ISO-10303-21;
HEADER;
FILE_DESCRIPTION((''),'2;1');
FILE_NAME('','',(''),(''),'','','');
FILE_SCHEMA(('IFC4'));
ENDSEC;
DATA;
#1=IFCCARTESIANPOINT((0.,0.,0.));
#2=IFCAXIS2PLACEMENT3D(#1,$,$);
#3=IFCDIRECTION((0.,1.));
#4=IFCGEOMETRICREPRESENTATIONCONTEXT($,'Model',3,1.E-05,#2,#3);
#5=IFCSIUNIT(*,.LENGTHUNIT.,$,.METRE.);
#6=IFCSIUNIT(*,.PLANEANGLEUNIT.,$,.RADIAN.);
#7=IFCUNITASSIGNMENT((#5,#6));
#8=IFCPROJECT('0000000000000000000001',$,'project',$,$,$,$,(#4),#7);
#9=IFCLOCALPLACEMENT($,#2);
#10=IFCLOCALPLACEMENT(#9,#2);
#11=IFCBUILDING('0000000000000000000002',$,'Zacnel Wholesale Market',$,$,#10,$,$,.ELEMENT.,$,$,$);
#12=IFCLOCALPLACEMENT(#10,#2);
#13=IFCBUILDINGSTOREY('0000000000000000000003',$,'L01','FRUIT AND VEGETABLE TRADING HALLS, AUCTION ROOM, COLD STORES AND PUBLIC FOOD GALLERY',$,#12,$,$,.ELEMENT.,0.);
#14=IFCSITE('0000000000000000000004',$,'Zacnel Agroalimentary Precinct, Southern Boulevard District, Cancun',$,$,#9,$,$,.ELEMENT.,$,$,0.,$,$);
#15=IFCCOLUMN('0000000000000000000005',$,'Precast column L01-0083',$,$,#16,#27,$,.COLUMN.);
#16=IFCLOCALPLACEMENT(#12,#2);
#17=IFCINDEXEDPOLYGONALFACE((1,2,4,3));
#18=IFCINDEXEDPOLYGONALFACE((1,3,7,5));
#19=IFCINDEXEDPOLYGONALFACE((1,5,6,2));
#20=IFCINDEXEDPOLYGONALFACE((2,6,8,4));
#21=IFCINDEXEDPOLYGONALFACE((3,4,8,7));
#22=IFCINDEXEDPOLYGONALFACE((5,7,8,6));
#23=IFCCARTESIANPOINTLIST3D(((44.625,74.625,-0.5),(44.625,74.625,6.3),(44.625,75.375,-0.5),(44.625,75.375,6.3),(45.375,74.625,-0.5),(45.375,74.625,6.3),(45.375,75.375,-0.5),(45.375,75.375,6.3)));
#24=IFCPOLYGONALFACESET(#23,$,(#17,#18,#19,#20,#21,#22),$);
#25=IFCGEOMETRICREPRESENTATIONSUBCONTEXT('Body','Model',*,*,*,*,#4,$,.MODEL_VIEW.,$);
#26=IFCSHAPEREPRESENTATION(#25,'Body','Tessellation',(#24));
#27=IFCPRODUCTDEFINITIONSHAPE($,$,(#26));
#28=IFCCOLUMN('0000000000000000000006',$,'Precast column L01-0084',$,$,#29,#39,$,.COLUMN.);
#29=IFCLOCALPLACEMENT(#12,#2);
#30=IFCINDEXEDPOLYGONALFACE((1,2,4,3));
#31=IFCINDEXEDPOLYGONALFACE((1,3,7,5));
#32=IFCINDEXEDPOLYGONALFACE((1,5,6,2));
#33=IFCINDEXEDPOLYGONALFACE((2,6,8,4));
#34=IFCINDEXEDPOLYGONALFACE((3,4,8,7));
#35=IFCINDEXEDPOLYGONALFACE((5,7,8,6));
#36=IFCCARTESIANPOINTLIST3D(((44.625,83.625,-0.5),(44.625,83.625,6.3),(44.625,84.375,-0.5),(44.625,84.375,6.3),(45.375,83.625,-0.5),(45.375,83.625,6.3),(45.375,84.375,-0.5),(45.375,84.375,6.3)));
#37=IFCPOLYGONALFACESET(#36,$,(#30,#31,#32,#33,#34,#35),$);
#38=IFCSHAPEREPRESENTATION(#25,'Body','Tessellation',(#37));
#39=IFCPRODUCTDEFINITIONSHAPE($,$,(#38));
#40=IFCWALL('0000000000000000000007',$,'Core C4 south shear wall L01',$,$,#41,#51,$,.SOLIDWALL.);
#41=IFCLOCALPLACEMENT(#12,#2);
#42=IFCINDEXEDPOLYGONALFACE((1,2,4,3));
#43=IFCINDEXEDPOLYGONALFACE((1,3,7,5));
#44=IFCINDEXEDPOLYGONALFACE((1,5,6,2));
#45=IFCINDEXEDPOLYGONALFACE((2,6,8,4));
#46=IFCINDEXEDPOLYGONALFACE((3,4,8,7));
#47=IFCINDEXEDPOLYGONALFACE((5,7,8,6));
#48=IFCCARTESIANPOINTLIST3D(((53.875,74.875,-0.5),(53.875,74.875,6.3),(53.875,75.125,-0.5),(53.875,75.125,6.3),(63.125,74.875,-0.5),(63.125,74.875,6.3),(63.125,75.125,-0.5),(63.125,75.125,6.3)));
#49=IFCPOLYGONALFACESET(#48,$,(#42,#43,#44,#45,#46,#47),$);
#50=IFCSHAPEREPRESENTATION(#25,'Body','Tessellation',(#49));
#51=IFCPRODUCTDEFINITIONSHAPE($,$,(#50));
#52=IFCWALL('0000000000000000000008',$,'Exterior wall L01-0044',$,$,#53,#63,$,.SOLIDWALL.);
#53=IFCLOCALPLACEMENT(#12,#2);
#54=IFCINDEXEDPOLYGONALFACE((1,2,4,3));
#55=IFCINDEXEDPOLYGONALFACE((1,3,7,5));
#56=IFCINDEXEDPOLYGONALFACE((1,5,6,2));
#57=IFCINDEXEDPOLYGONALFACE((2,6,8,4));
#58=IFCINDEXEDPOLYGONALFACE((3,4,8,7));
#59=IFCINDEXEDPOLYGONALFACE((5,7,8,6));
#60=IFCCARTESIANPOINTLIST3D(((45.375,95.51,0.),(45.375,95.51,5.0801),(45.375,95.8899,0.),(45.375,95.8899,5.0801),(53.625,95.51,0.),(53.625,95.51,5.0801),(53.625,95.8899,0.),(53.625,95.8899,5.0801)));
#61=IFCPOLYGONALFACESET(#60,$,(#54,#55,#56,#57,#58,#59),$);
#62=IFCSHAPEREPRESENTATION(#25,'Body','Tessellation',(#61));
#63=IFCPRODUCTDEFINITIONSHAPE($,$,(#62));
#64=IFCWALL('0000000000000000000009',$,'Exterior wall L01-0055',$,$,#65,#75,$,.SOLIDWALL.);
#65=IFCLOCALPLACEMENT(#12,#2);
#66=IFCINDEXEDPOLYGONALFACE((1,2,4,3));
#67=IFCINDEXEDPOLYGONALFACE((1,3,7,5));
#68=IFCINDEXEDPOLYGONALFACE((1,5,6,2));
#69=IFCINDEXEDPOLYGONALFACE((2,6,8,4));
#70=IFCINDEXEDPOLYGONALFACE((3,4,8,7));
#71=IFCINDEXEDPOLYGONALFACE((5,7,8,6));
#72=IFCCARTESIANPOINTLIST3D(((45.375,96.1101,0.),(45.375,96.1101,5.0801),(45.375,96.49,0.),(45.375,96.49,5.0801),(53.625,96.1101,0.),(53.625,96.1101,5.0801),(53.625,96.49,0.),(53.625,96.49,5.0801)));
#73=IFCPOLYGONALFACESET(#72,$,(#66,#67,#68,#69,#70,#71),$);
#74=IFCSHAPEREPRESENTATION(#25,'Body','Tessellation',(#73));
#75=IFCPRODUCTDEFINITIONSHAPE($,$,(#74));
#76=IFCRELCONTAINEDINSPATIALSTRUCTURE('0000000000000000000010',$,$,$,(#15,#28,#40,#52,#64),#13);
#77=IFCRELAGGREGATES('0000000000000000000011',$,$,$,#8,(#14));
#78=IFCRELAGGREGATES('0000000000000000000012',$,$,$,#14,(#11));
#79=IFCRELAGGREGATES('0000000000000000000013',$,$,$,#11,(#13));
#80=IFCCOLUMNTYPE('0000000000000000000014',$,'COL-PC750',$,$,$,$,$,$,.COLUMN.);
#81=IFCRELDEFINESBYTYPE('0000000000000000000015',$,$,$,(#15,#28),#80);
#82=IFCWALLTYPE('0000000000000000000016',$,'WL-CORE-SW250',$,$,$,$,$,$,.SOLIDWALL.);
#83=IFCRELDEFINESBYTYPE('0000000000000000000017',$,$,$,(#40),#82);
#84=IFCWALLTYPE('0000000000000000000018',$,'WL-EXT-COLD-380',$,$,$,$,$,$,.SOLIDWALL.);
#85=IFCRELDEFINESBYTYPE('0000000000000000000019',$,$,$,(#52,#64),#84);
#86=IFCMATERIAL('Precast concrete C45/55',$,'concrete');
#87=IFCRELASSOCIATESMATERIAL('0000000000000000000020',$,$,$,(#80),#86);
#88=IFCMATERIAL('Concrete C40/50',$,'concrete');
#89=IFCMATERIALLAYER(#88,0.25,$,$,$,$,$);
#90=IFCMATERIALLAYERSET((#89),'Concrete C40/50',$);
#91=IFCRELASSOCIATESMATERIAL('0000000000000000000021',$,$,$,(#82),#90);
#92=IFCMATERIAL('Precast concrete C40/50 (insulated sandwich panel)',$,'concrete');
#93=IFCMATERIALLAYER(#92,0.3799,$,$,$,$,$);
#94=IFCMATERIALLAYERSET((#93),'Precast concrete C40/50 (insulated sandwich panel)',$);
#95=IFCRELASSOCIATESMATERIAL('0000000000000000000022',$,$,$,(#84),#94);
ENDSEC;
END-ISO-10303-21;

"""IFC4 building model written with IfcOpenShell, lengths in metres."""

from ifc_helpers import new_model, si_unit, direction, frame, frame_2d, origin, origin_2d, place, context, subcontext, project, spatial, rectangle, extrude, material, layer, layer_set, material_profile, profile_set, type_object, element, save


model = new_model("IFC4")

# Units and contexts
model_context = context("Model", 3, precision=1e-05, world=origin(), true_north=direction((0.0, 1.0)))
body_context = subcontext(model_context, "Body", "Model", "MODEL_VIEW")
ifc_project = project(units=[si_unit("LENGTHUNIT", "METRE"), si_unit("PLANEANGLEUNIT", "RADIAN")], contexts=[model_context])

# Site, building, storey
site_placement = place(None, origin())
site = spatial("IfcSite", under=ifc_project, at=site_placement, Name="Zacnel Agroalimentary Precinct, Southern Boulevard District, Cancun", CompositionType="ELEMENT", RefElevation=0.0)
building_placement = place(site_placement, origin())
building = spatial("IfcBuilding", under=site, at=building_placement, Name="Zacnel Wholesale Market", CompositionType="ELEMENT")
storey_placement = place(building_placement, origin())
storey = spatial("IfcBuildingStorey", under=building, at=storey_placement, Name="L01", Description="FRUIT AND VEGETABLE TRADING HALLS, AUCTION ROOM, COLD STORES AND PUBLIC FOOD GALLERY", CompositionType="ELEMENT", Elevation=0.0)

# Columns
ifc_material_1 = material(Name="Precast concrete C45/55", Category="concrete")
ifc_material_profile_1 = material_profile(ifc_material_1, rectangle(XDim=0.75, YDim=0.75, at=origin_2d()), Name="PC 750x750")
ifc_profile_set_1 = profile_set([ifc_material_profile_1], Name="Precast concrete C45/55")
column_type_1 = type_object("IfcColumnType", Name="COL-PC750", PredefinedType="COLUMN", material=ifc_profile_set_1)
for number, where, z_axis, x_axis, name in (
    (1, (45.0, 75.0, -0.5), (0.0, 0.0, 1.0), (1.0, 0.0, 0.0), "Precast column L01-0083"),
    (2, (45.0, 84.0, -0.5), (0.0, 0.0, 1.0), (1.0, 0.0, 0.0), "Precast column L01-0084"),
):
    element("IfcColumn", number, at=place(storey_placement, frame(where, z_axis=z_axis, x_axis=x_axis)), inside=storey, type_object=column_type_1, Name=name, PredefinedType="COLUMN", context=body_context, shape_type="SweptSolid", body=[
        extrude(rectangle(XDim=0.75, YDim=0.75, at=origin_2d()), origin(), (0.0, 0.0, 1.0), 6.8),
    ])

# Walls
ifc_material_2 = material(Name="Concrete C40/50", Category="concrete")
ifc_layer_1 = layer(ifc_material_2, 0.25)
ifc_layer_set_1 = layer_set([ifc_layer_1], Name="Concrete C40/50")
wall_type_1 = type_object("IfcWallType", Name="WL-CORE-SW250", PredefinedType="SOLIDWALL", material=ifc_layer_set_1)
wall_placement = place(storey_placement, frame((53.875, 75.0, -0.5), z_axis=(0.0, 0.0, 1.0), x_axis=(1.0, 0.0, 0.0)))
element("IfcWall", 3, at=wall_placement, inside=storey, type_object=wall_type_1, Name="Core C4 south shear wall L01", PredefinedType="SOLIDWALL", context=body_context, shape_type="SweptSolid", body=[
    extrude(rectangle(XDim=9.25, YDim=0.25, at=frame_2d((4.625, 0.0))), origin(), (0.0, 0.0, 1.0), 6.8),
])
ifc_material_3 = material(Name="Precast concrete C40/50 (insulated sandwich panel)", Category="concrete")
ifc_layer_2 = layer(ifc_material_3, 0.3799)
ifc_layer_set_2 = layer_set([ifc_layer_2], Name="Precast concrete C40/50 (insulated sandwich panel)")
wall_type_2 = type_object("IfcWallType", Name="WL-EXT-COLD-380", PredefinedType="SOLIDWALL", material=ifc_layer_set_2)
for number, where, z_axis, x_axis, name in (
    (4, (45.375, 95.7, 0.0), (0.0, 0.0, 1.0), (1.0, 0.0, 0.0), "Exterior wall L01-0044"),
    (5, (45.375, 96.3, 0.0), (0.0, 0.0, 1.0), (1.0, 0.0, 0.0), "Exterior wall L01-0055"),
):
    element("IfcWall", number, at=place(storey_placement, frame(where, z_axis=z_axis, x_axis=x_axis)), inside=storey, type_object=wall_type_2, Name=name, PredefinedType="SOLIDWALL", context=body_context, shape_type="SweptSolid", body=[
        extrude(rectangle(XDim=8.25, YDim=0.3799, at=frame_2d((4.125, 0.0))), origin(), (0.0, 0.0, 1.0), 5.0801),
    ])

save(model, "model.ifc")
